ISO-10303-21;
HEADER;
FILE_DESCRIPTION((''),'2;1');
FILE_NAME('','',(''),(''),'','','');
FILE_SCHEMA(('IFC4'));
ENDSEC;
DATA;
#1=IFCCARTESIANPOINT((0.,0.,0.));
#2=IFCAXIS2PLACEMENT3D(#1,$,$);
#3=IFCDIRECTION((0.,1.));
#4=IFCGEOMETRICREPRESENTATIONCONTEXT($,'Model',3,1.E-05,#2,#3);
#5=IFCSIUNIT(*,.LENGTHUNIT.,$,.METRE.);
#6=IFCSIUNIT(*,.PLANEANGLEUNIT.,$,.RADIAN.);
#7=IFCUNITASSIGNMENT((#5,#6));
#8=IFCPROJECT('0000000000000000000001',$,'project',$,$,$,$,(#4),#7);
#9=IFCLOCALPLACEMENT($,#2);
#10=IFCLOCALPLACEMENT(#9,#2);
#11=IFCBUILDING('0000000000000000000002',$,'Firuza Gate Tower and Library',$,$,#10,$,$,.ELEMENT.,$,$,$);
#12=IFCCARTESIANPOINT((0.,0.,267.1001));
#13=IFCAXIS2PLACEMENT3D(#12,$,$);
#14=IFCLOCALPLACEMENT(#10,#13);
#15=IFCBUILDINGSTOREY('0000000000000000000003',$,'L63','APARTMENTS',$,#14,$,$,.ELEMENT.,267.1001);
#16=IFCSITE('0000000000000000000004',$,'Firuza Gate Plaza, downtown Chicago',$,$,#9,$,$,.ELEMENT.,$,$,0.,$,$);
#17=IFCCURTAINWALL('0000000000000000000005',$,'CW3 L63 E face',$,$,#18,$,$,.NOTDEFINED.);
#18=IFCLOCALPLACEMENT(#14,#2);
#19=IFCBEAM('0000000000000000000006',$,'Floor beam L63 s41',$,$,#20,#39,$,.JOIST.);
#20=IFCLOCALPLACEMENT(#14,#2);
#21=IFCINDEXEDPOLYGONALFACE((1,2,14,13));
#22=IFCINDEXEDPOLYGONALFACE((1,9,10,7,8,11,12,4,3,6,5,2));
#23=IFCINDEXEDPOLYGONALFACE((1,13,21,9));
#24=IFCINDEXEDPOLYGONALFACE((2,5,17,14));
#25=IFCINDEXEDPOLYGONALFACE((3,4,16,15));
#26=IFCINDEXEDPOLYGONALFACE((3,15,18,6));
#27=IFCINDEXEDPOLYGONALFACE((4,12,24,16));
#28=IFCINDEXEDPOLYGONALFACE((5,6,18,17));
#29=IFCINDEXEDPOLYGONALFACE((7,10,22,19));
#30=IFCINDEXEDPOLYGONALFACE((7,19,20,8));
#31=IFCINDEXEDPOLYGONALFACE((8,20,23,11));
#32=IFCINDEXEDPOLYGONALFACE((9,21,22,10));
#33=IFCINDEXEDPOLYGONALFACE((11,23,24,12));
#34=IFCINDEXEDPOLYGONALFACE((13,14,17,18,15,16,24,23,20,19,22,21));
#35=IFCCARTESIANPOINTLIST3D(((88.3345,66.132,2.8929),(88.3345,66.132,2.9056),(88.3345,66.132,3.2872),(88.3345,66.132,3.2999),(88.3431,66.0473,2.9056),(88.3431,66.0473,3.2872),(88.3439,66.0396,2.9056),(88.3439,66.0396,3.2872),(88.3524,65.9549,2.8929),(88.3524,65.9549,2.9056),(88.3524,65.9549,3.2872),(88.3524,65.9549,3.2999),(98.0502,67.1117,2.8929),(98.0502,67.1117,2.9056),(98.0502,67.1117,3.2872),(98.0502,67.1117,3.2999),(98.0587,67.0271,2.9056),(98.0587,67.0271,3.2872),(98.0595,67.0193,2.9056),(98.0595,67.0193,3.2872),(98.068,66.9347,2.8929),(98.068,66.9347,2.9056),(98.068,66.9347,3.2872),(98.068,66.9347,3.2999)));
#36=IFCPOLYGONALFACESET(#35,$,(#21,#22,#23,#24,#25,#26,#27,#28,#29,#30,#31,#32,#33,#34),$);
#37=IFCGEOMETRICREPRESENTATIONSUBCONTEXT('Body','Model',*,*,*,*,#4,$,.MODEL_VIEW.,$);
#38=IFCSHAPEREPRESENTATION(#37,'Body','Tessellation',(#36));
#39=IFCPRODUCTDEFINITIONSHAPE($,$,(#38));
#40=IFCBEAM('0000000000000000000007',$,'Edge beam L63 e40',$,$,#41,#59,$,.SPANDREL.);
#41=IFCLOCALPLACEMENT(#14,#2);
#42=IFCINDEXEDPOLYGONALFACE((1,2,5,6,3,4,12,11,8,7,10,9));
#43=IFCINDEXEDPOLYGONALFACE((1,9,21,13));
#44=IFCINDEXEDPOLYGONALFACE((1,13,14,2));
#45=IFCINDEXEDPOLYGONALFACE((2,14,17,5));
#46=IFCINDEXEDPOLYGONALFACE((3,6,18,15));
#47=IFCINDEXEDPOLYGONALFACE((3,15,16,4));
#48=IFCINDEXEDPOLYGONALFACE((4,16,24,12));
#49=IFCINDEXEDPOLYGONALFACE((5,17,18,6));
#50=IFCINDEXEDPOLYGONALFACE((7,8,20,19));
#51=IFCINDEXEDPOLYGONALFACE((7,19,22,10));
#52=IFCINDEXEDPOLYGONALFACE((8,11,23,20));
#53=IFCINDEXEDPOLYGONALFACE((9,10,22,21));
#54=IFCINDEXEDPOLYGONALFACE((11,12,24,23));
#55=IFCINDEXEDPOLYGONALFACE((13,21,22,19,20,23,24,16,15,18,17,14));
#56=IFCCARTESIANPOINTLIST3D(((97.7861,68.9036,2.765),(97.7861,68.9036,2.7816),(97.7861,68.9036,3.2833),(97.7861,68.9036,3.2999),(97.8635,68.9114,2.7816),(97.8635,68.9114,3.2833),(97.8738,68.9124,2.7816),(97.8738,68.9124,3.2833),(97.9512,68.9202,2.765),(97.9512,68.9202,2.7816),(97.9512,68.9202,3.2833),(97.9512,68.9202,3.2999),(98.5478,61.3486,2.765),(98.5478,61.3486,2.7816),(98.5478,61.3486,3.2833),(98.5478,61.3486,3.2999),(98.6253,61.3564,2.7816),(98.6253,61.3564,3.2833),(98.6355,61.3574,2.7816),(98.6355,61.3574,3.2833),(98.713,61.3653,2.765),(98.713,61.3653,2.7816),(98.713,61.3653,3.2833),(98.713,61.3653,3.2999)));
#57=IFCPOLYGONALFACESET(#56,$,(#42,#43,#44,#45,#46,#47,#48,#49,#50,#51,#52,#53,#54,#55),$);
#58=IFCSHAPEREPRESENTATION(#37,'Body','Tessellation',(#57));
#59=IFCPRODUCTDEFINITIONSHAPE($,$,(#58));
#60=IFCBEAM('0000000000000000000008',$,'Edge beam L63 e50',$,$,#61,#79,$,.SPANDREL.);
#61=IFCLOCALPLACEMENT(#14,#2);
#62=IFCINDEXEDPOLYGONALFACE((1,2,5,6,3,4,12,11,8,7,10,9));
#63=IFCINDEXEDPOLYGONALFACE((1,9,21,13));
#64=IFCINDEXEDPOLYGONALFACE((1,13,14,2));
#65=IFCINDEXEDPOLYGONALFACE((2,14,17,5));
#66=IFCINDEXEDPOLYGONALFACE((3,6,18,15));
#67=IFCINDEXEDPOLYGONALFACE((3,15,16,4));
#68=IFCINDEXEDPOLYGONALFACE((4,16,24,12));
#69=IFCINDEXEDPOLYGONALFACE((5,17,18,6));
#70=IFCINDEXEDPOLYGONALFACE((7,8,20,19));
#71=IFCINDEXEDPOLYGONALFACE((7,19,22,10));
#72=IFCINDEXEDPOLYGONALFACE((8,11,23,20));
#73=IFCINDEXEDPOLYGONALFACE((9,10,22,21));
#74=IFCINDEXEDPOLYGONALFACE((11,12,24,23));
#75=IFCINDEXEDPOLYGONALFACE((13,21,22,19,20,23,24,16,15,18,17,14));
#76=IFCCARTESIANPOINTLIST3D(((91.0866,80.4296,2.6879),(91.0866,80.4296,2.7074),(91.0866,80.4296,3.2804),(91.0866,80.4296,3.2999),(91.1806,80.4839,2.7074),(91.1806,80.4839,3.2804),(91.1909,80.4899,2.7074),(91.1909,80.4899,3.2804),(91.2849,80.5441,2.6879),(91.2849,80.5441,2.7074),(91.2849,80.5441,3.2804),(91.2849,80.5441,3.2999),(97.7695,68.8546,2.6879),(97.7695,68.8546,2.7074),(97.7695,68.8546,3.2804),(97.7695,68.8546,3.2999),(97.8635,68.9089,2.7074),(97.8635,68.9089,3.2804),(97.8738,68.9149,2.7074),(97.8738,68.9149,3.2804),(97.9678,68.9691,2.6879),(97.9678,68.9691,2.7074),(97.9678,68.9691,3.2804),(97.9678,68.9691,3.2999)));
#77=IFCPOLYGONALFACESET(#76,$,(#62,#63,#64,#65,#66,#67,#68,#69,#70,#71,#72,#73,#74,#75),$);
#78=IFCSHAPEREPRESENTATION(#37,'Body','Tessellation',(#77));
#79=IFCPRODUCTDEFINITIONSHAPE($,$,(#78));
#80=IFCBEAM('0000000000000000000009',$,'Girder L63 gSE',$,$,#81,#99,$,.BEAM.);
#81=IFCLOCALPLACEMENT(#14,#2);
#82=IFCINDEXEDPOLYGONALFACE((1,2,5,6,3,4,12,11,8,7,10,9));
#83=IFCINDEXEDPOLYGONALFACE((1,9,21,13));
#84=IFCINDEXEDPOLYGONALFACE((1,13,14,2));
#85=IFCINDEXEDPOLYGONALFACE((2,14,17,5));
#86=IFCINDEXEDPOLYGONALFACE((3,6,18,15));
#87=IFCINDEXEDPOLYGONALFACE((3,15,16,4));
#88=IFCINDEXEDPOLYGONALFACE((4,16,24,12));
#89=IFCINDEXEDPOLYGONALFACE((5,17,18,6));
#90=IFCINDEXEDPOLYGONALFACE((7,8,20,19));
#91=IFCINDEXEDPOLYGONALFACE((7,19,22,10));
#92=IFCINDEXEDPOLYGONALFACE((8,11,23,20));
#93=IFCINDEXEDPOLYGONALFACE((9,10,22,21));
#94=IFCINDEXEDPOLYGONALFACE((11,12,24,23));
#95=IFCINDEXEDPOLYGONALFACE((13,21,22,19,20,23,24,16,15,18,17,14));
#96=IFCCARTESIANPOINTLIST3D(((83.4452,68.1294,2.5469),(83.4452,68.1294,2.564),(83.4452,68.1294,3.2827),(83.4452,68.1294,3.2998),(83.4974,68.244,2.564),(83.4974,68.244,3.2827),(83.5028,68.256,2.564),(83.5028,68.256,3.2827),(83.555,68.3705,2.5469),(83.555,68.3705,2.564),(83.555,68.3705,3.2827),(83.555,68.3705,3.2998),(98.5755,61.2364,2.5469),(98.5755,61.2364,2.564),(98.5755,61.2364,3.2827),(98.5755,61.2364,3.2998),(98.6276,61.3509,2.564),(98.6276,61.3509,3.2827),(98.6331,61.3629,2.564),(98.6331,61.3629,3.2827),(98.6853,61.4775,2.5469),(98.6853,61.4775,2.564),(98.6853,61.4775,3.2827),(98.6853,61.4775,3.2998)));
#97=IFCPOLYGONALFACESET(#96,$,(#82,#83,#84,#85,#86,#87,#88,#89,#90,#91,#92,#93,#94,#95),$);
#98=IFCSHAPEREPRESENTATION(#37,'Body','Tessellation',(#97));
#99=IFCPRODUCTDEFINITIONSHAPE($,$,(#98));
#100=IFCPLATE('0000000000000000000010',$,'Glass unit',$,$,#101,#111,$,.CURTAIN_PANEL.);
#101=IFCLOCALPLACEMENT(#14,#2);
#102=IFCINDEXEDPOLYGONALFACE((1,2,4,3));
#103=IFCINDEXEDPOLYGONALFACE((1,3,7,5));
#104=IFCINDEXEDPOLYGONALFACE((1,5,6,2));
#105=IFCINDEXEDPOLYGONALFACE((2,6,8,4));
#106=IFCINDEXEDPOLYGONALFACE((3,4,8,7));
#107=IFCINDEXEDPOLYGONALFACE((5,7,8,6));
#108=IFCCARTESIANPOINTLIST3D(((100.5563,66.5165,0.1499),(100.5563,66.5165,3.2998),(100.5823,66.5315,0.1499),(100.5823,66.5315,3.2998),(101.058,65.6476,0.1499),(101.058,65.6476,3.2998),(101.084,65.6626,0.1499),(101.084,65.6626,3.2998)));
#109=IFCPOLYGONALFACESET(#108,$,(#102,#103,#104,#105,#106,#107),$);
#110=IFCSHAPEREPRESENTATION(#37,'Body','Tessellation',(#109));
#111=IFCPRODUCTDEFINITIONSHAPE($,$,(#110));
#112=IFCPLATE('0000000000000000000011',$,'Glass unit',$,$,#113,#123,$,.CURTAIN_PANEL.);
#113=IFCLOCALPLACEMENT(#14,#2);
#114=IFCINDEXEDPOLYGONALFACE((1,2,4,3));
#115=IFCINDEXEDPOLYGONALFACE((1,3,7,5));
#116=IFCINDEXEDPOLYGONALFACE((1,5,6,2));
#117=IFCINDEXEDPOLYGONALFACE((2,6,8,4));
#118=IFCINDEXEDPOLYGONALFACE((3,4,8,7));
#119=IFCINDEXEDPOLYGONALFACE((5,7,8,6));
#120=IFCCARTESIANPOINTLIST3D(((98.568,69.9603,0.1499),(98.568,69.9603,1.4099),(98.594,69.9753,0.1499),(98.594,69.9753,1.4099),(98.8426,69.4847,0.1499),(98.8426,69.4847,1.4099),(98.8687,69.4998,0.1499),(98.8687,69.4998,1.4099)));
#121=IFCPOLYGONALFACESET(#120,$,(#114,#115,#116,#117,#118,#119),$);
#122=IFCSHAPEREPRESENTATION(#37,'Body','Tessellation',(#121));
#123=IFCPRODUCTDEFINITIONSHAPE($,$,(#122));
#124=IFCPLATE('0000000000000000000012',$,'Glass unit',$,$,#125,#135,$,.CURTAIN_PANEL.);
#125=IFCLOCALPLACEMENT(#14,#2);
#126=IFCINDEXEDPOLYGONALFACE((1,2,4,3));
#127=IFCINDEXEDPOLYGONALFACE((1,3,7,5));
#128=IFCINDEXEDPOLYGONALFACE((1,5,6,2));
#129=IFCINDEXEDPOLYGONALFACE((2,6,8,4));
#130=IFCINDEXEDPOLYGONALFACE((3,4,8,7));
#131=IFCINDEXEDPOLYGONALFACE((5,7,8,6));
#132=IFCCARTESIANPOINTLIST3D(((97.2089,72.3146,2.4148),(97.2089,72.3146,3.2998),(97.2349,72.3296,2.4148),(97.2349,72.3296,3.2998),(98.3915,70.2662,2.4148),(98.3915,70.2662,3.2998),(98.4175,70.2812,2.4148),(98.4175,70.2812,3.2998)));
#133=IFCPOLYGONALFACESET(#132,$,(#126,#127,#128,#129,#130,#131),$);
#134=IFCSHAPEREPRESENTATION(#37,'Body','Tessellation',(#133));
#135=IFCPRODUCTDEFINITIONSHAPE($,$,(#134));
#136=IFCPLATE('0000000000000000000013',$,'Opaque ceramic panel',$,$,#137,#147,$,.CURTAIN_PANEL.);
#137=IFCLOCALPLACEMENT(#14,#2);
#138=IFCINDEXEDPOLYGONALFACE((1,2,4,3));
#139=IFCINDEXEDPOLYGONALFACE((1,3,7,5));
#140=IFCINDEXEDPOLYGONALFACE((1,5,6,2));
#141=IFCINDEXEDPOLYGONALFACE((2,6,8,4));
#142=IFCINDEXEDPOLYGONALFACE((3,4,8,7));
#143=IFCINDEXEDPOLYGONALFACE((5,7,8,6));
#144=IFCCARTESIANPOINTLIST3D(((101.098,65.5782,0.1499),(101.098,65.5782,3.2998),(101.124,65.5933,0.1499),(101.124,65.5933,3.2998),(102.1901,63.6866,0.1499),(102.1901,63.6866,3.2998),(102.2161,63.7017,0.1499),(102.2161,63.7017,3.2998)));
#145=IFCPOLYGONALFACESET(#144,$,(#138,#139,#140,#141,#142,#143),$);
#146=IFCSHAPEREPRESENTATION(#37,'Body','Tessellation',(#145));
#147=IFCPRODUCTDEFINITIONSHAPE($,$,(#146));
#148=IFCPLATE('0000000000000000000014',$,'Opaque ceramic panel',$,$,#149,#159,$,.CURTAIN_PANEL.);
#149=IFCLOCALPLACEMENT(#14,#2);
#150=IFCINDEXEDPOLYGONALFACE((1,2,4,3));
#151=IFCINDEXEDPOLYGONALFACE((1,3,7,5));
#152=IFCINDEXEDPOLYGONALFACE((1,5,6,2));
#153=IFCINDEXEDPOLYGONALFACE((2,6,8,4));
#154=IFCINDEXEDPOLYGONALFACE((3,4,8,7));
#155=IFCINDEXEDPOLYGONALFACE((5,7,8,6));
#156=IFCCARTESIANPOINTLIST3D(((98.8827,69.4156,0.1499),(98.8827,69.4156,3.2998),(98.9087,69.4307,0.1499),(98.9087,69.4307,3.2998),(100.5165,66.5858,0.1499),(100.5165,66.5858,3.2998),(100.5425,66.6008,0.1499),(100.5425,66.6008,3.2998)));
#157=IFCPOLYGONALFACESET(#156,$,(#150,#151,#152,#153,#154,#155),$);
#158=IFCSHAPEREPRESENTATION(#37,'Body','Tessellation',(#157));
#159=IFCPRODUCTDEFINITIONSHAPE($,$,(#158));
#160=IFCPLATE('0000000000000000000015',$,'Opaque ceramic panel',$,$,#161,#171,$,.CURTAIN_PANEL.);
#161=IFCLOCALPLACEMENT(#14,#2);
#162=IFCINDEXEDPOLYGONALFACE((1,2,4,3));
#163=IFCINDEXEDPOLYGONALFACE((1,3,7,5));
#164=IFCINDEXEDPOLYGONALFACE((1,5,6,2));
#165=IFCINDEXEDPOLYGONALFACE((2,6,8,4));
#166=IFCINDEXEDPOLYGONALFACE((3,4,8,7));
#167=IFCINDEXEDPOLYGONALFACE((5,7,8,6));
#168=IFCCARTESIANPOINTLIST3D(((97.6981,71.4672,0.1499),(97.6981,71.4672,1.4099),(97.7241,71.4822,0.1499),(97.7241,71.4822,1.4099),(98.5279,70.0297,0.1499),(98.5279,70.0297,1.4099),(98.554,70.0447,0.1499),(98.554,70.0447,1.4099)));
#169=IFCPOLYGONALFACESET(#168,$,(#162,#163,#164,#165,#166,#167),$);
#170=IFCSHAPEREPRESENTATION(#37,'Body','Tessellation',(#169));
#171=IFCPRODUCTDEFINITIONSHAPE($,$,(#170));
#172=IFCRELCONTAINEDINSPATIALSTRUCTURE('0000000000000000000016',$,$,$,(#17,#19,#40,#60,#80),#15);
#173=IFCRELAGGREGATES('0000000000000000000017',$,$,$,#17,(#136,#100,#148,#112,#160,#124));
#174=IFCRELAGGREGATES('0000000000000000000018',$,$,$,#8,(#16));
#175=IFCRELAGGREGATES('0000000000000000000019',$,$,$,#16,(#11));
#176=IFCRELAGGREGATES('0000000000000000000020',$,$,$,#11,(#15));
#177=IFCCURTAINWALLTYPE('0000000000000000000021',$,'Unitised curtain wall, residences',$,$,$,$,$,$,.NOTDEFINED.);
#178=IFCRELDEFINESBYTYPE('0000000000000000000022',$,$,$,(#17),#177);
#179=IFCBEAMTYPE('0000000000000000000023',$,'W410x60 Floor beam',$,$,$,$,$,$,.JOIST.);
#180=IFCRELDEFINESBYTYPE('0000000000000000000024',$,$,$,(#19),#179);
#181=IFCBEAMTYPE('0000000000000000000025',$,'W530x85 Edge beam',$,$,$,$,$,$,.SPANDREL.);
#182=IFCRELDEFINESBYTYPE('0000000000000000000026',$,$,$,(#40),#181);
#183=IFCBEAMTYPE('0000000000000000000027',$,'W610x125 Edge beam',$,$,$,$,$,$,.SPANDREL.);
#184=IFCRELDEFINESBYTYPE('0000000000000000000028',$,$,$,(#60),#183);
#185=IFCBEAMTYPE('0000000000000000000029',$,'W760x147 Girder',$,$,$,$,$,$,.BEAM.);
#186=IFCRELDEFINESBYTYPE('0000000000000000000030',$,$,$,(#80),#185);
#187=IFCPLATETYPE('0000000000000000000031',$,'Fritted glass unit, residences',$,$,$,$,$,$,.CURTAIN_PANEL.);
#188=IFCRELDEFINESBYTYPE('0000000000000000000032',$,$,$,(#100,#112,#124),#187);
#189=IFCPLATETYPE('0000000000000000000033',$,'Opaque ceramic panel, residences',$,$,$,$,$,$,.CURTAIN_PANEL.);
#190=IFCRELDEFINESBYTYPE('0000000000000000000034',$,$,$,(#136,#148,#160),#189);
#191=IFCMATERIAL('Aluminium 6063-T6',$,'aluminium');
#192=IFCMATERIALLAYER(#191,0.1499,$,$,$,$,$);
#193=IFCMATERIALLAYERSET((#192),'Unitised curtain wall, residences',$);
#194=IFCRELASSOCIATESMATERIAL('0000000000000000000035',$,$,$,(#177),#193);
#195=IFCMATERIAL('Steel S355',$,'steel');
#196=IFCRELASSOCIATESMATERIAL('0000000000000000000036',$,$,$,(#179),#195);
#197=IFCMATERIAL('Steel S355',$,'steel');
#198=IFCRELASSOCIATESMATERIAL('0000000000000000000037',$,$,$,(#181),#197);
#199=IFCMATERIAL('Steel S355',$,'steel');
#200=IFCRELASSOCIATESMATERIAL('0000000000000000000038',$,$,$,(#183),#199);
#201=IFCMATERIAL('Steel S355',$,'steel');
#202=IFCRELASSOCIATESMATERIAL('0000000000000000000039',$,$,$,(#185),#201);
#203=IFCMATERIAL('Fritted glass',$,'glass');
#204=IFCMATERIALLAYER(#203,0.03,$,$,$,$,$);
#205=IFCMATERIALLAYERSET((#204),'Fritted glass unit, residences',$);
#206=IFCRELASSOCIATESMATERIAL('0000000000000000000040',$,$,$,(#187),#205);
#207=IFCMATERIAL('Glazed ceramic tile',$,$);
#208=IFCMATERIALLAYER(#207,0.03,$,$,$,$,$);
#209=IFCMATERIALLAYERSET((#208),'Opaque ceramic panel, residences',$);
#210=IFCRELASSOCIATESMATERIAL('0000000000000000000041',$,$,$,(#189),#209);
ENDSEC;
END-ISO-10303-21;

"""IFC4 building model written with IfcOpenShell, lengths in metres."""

from ifc_helpers import new_model, si_unit, direction, frame, origin, origin_2d, place, context, subcontext, project, spatial, polyline, i_section, outline, extrude, material, layer, layer_set, material_profile, profile_set, type_object, element, aggregate, save


model = new_model("IFC4")

# Units and contexts
model_context = context("Model", 3, precision=1e-05, world=origin(), true_north=direction((0.0, 1.0)))
body_context = subcontext(model_context, "Body", "Model", "MODEL_VIEW")
ifc_project = project(units=[si_unit("LENGTHUNIT", "METRE"), si_unit("PLANEANGLEUNIT", "RADIAN")], contexts=[model_context])

# Site, building, storey
site_placement = place(None, origin())
site = spatial("IfcSite", under=ifc_project, at=site_placement, Name="Firuza Gate Plaza, downtown Chicago", CompositionType="ELEMENT", RefElevation=0.0)
building_placement = place(site_placement, origin())
building = spatial("IfcBuilding", under=site, at=building_placement, Name="Firuza Gate Tower and Library", CompositionType="ELEMENT")
storey_placement = place(building_placement, frame((0.0, 0.0, 267.1001)))
storey = spatial("IfcBuildingStorey", under=building, at=storey_placement, Name="L63", Description="APARTMENTS", CompositionType="ELEMENT", Elevation=267.1001)

# Curtain wall
ifc_material_1 = material(Name="Aluminium 6063-T6", Category="aluminium")
ifc_layer_1 = layer(ifc_material_1, 0.1499)
ifc_layer_set_1 = layer_set([ifc_layer_1], Name="Unitised curtain wall, residences")
curtain_wall_type = type_object("IfcCurtainWallType", Name="Unitised curtain wall, residences", PredefinedType="NOTDEFINED", material=ifc_layer_set_1)
curtain_wall_placement = place(storey_placement, origin())
curtain_wall = element("IfcCurtainWall", 1, at=curtain_wall_placement, inside=storey, type_object=curtain_wall_type, Name="CW3 L63 E face", PredefinedType="NOTDEFINED")

# Beams
ifc_material_2 = material(Name="Steel S355", Category="steel")
ifc_material_profile_1 = material_profile(ifc_material_2, i_section(OverallWidth=0.178, OverallDepth=0.407, WebThickness=0.0078, FlangeThickness=0.0127, at=origin_2d()))
ifc_profile_set_1 = profile_set([ifc_material_profile_1], Name="Steel S355")
beam_type_1 = type_object("IfcBeamType", Name="W410x60 Floor beam", PredefinedType="JOIST", material=ifc_profile_set_1)
beam_1_placement = place(storey_placement, frame((98.0591, 67.0232, 3.0964), z_axis=(-0.994954, -0.100333, 0.0), x_axis=(0.100333, -0.994954, 0.0)))
element("IfcBeam", 2, at=beam_1_placement, inside=storey, type_object=beam_type_1, Name="Floor beam L63 s41", PredefinedType="JOIST", context=body_context, shape_type="SweptSolid", body=[
    extrude(i_section(OverallWidth=0.178, OverallDepth=0.407, WebThickness=0.0078, FlangeThickness=0.0127, at=origin_2d()), origin(), (0.0, 0.0, 1.0), 9.7649),
])
ifc_material_3 = material(Name="Steel S355", Category="steel")
ifc_material_profile_2 = material_profile(ifc_material_3, i_section(OverallWidth=0.166, OverallDepth=0.5349, WebThickness=0.0103, FlangeThickness=0.0166, at=origin_2d()))
ifc_profile_set_2 = profile_set([ifc_material_profile_2], Name="Steel S355")
beam_type_2 = type_object("IfcBeamType", Name="W530x85 Edge beam", PredefinedType="SPANDREL", material=ifc_profile_set_2)
beam_2_placement = place(storey_placement, frame((98.6304, 61.3569, 3.0325), z_axis=(-0.100315, 0.994956, 0.0), x_axis=(-0.994956, -0.100315, 0.0)))
element("IfcBeam", 3, at=beam_2_placement, inside=storey, type_object=beam_type_2, Name="Edge beam L63 e40", PredefinedType="SPANDREL", context=body_context, shape_type="SweptSolid", body=[
    extrude(i_section(OverallWidth=0.166, OverallDepth=0.5349, WebThickness=0.0103, FlangeThickness=0.0166, at=origin_2d()), origin(), (0.0, 0.0, 1.0), 7.5933),
])
ifc_material_4 = material(Name="Steel S355", Category="steel")
ifc_material_profile_3 = material_profile(ifc_material_4, i_section(OverallWidth=0.229, OverallDepth=0.6121, WebThickness=0.012, FlangeThickness=0.0195, at=origin_2d()))
ifc_profile_set_3 = profile_set([ifc_material_profile_3], Name="Steel S355")
beam_type_3 = type_object("IfcBeamType", Name="W610x125 Edge beam", PredefinedType="SPANDREL", material=ifc_profile_set_3)
beam_3_placement = place(storey_placement, frame((97.8687, 68.9119, 2.9939), z_axis=(-0.500003, 0.866023, 0.0), x_axis=(-0.866023, -0.500003, 0.0)))
element("IfcBeam", 4, at=beam_3_placement, inside=storey, type_object=beam_type_3, Name="Edge beam L63 e50", PredefinedType="SPANDREL", context=body_context, shape_type="SweptSolid", body=[
    extrude(i_section(OverallWidth=0.229, OverallDepth=0.6121, WebThickness=0.012, FlangeThickness=0.0195, at=origin_2d()), origin(), (0.0, 0.0, 1.0), 13.3657),
])
ifc_material_5 = material(Name="Steel S355", Category="steel")
ifc_material_profile_4 = material_profile(ifc_material_5, i_section(OverallWidth=0.2649, OverallDepth=0.7529, WebThickness=0.0132, FlangeThickness=0.0171, at=origin_2d()))
ifc_profile_set_4 = profile_set([ifc_material_profile_4], Name="Steel S355")
beam_type_4 = type_object("IfcBeamType", Name="W760x147 Girder", PredefinedType="BEAM", material=ifc_profile_set_4)
beam_4_placement = place(storey_placement, frame((98.6304, 61.3569, 2.9233), z_axis=(-0.910012, 0.414582, 0.0), x_axis=(-0.414582, -0.910012, 0.0)))
element("IfcBeam", 5, at=beam_4_placement, inside=storey, type_object=beam_type_4, Name="Girder L63 gSE", PredefinedType="BEAM", context=body_context, shape_type="SweptSolid", body=[
    extrude(i_section(OverallWidth=0.2649, OverallDepth=0.7529, WebThickness=0.0132, FlangeThickness=0.0171, at=origin_2d()), origin(), (0.0, 0.0, 1.0), 16.6265),
])

# Plates
ifc_material_6 = material(Name="Fritted glass", Category="glass")
ifc_layer_2 = layer(ifc_material_6, 0.03)
ifc_layer_set_2 = layer_set([ifc_layer_2], Name="Fritted glass unit, residences")
plate_type_1 = type_object("IfcPlateType", Name="Fritted glass unit, residences", PredefinedType="CURTAIN_PANEL", material=ifc_layer_set_2)
plate_1_placement = place(storey_placement, frame((101.084, 65.6626, 0.1499), z_axis=(0.866003, 0.500038, 0.0), x_axis=(-0.500038, 0.866003, 0.0)))
plate_1 = element("IfcPlate", 6, at=plate_1_placement, type_object=plate_type_1, Name="Glass unit", PredefinedType="CURTAIN_PANEL", context=body_context, shape_type="SweptSolid", body=[
    extrude(outline(polyline([(0.0, 0.0), (1.0033, 0.0), (1.0033, 3.1499), (0.0, 3.1499), (0.0, 0.0)])), origin(), (0.0, 0.0, -1.0), 0.03),
])
plate_2_placement = place(storey_placement, frame((98.8687, 69.4998, 0.1499), z_axis=(0.865963, 0.500107, 0.0), x_axis=(-0.500107, 0.865963, 0.0)))
plate_2 = element("IfcPlate", 7, at=plate_2_placement, type_object=plate_type_1, Name="Glass unit", PredefinedType="CURTAIN_PANEL", context=body_context, shape_type="SweptSolid", body=[
    extrude(outline(polyline([(0.0, 0.0), (0.5492, 0.0), (0.5492, 1.26), (0.0, 1.26), (0.0, 0.0)])), origin(), (0.0, 0.0, -1.0), 0.03),
])
plate_3_placement = place(storey_placement, frame((98.4175, 70.2812, 2.4148), z_axis=(0.866024, 0.500002, 0.0), x_axis=(-0.500002, 0.866024, 0.0)))
plate_3 = element("IfcPlate", 8, at=plate_3_placement, type_object=plate_type_1, Name="Glass unit", PredefinedType="CURTAIN_PANEL", context=body_context, shape_type="SweptSolid", body=[
    extrude(outline(polyline([(0.0, 0.0), (2.3652, 0.0), (2.3652, 0.885), (0.0, 0.885), (0.0, 0.0)])), origin(), (0.0, 0.0, -1.0), 0.03),
])
ifc_material_7 = material(Name="Glazed ceramic tile")
ifc_layer_3 = layer(ifc_material_7, 0.03)
ifc_layer_set_3 = layer_set([ifc_layer_3], Name="Opaque ceramic panel, residences")
plate_type_2 = type_object("IfcPlateType", Name="Opaque ceramic panel, residences", PredefinedType="CURTAIN_PANEL", material=ifc_layer_set_3)
plate_4_placement = place(storey_placement, frame((102.2161, 63.7017, 0.1499), z_axis=(0.86604, 0.499974, 0.0), x_axis=(-0.499974, 0.86604, 0.0)))
plate_4 = element("IfcPlate", 9, at=plate_4_placement, type_object=plate_type_2, Name="Opaque ceramic panel", PredefinedType="CURTAIN_PANEL", context=body_context, shape_type="SweptSolid", body=[
    extrude(outline(polyline([(0.0, 0.0), (2.1842, 0.0), (2.1842, 3.1499), (0.0, 3.1499), (0.0, 0.0)])), origin(), (0.0, 0.0, -1.0), 0.03),
])
plate_5_placement = place(storey_placement, frame((100.5425, 66.6008, 0.1499), z_axis=(0.866028, 0.499996, 0.0), x_axis=(-0.499996, 0.866028, 0.0)))
plate_5 = element("IfcPlate", 10, at=plate_5_placement, type_object=plate_type_2, Name="Opaque ceramic panel", PredefinedType="CURTAIN_PANEL", context=body_context, shape_type="SweptSolid", body=[
    extrude(outline(polyline([(0.0, 0.0), (3.2676, 0.0), (3.2676, 3.1499), (0.0, 3.1499), (0.0, 0.0)])), origin(), (0.0, 0.0, -1.0), 0.03),
])
plate_6_placement = place(storey_placement, frame((98.554, 70.0447, 0.1499), z_axis=(0.866053, 0.499952, 0.0), x_axis=(-0.499952, 0.866053, 0.0)))
plate_6 = element("IfcPlate", 11, at=plate_6_placement, type_object=plate_type_2, Name="Opaque ceramic panel", PredefinedType="CURTAIN_PANEL", context=body_context, shape_type="SweptSolid", body=[
    extrude(outline(polyline([(0.0, 0.0), (1.6598, 0.0), (1.6598, 1.26), (0.0, 1.26), (0.0, 0.0)])), origin(), (0.0, 0.0, -1.0), 0.03),
])
aggregate(curtain_wall, [plate_4, plate_1, plate_5, plate_2, plate_6, plate_3])

save(model, "model.ifc")
